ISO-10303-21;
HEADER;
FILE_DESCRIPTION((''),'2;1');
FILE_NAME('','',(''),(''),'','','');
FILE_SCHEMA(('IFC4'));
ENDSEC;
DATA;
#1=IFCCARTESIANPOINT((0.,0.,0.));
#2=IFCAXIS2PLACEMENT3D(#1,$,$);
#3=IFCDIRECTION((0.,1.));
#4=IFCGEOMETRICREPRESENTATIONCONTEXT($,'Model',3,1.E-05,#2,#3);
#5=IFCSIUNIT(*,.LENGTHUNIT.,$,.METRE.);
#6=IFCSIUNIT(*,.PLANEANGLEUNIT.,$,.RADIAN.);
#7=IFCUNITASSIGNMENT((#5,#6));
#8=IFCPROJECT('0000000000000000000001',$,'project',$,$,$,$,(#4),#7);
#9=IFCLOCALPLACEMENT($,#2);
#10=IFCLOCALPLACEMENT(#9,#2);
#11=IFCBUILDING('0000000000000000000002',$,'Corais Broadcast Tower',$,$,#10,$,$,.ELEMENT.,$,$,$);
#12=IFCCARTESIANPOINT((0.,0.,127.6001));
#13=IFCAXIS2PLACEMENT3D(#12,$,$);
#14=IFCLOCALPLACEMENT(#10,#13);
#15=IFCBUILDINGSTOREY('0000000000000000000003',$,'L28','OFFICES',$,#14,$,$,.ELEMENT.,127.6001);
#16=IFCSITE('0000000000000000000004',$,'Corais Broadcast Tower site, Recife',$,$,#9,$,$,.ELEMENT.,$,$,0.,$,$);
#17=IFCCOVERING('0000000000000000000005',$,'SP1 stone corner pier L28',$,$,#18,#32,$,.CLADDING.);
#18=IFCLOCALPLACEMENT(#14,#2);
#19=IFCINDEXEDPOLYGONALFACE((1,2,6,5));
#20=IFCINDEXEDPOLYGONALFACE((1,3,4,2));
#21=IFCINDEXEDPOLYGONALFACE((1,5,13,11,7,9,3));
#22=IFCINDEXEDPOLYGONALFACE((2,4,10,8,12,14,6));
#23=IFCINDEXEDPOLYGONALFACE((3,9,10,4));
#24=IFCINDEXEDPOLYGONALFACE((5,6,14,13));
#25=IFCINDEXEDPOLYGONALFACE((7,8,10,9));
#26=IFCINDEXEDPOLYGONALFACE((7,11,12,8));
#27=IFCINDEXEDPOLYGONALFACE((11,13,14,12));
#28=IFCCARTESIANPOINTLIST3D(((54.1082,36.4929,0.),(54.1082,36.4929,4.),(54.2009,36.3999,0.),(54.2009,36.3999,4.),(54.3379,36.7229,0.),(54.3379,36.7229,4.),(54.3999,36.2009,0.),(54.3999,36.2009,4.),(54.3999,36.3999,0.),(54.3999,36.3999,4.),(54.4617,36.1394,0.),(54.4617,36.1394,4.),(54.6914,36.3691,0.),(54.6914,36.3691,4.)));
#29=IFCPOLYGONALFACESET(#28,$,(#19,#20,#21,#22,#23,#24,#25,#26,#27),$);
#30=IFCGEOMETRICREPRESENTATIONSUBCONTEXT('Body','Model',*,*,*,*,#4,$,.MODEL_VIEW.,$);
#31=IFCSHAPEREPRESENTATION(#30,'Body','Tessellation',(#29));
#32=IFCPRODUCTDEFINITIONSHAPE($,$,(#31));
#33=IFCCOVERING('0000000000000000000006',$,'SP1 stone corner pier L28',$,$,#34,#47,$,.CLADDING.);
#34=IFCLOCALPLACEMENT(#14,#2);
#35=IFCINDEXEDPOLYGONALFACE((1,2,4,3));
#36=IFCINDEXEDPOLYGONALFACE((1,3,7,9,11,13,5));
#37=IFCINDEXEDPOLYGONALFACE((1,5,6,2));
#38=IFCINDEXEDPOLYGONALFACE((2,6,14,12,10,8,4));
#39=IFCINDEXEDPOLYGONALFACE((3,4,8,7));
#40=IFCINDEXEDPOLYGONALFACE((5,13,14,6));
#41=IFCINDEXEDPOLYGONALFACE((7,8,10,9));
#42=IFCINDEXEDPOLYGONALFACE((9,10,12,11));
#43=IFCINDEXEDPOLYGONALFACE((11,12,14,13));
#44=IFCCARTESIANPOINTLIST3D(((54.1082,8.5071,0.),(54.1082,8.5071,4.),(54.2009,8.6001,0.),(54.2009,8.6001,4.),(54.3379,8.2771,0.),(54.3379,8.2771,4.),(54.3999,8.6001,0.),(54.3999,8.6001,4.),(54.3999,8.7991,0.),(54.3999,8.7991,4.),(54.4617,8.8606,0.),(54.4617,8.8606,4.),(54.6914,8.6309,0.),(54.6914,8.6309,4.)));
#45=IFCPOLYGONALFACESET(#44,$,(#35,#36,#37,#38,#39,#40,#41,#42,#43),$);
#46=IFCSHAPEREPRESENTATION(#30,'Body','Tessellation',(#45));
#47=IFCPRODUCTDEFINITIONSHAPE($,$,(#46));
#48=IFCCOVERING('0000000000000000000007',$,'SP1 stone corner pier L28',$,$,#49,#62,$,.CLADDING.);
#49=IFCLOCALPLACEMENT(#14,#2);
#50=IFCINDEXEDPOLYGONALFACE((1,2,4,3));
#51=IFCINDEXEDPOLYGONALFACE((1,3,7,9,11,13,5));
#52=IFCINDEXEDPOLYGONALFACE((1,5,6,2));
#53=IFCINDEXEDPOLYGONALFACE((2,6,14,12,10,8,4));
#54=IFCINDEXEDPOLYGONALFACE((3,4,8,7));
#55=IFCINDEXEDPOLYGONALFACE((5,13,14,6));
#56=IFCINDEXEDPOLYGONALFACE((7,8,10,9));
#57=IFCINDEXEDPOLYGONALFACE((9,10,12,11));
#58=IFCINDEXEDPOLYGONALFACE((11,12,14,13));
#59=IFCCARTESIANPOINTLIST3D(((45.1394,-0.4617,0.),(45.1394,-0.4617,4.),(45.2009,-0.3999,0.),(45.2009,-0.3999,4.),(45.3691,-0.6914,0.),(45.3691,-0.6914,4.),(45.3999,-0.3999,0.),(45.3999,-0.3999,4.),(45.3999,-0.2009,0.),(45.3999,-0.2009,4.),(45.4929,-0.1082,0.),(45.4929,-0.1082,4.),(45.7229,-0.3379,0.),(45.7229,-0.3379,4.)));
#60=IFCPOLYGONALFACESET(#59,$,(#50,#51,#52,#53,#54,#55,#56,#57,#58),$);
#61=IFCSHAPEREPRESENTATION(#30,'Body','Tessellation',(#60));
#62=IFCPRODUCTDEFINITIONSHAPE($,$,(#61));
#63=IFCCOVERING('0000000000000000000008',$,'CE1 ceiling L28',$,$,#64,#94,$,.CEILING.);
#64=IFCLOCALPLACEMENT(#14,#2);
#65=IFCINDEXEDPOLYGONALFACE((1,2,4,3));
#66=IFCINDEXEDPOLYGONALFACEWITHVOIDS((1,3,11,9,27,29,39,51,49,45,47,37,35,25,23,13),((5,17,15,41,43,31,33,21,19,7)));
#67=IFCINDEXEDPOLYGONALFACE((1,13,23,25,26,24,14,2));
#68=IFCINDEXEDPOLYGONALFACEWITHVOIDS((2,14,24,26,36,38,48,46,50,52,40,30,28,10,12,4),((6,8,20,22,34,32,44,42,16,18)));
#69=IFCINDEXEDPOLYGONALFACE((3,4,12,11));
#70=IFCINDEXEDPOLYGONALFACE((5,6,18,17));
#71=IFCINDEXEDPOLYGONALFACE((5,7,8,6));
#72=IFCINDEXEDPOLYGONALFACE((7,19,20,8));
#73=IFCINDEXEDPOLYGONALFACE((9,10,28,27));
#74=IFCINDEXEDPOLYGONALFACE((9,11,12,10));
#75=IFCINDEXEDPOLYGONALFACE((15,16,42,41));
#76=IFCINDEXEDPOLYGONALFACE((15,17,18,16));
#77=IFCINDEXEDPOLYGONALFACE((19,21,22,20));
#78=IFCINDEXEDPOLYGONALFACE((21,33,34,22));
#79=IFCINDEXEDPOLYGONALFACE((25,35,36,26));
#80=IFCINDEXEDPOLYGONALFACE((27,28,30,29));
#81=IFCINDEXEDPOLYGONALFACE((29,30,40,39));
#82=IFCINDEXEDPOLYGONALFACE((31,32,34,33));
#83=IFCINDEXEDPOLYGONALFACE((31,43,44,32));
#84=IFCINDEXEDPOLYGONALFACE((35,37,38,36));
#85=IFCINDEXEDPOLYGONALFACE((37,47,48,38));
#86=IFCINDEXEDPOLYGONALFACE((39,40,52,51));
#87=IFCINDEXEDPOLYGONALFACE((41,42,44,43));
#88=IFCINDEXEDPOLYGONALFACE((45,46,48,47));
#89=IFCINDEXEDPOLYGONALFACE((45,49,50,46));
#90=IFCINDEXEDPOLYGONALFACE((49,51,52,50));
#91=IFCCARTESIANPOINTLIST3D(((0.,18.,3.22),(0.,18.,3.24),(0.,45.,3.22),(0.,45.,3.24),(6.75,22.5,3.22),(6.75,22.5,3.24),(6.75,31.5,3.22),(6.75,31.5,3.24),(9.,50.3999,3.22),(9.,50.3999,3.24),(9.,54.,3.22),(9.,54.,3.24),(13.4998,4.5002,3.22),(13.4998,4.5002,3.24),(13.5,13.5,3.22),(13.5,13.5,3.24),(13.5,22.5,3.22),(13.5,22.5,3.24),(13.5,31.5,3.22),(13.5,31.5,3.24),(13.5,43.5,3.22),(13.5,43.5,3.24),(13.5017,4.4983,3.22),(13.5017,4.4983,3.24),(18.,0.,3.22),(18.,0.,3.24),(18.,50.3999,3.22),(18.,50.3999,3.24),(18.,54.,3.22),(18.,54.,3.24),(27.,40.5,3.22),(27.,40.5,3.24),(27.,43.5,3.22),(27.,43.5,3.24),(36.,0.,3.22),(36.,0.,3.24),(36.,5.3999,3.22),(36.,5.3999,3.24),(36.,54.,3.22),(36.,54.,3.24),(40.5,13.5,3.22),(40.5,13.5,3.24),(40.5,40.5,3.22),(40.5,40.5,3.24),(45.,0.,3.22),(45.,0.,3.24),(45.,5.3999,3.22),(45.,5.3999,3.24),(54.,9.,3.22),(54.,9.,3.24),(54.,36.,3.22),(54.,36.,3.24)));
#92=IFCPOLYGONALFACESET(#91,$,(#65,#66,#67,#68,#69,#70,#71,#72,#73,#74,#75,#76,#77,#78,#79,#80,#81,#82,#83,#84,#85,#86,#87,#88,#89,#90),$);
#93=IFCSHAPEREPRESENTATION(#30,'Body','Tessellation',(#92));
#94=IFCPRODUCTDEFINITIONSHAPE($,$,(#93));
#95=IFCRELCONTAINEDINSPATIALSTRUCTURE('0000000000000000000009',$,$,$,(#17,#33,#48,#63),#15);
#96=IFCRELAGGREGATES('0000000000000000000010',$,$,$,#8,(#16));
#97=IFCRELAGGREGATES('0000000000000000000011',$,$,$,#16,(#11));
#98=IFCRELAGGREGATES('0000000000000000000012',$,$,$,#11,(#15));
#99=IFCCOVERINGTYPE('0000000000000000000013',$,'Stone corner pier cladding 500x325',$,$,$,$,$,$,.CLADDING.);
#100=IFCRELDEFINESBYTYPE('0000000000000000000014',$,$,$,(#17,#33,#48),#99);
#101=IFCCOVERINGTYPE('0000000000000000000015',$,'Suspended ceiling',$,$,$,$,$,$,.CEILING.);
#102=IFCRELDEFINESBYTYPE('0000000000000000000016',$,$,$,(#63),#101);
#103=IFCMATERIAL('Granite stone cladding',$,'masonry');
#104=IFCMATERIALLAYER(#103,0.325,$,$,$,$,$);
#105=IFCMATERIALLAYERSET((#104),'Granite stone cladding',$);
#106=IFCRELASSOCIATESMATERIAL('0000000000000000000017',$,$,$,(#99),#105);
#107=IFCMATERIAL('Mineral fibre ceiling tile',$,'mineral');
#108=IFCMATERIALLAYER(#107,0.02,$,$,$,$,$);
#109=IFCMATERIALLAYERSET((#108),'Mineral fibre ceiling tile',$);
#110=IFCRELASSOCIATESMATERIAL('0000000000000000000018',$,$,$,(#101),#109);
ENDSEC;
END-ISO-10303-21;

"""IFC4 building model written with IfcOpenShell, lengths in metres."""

from ifc_helpers import new_model, si_unit, direction, frame, origin, place, context, subcontext, project, spatial, polyline, outline, extrude, material, layer, layer_set, type_object, element, save


model = new_model("IFC4")

# Units and contexts
model_context = context("Model", 3, precision=1e-05, world=origin(), true_north=direction((0.0, 1.0)))
body_context = subcontext(model_context, "Body", "Model", "MODEL_VIEW")
ifc_project = project(units=[si_unit("LENGTHUNIT", "METRE"), si_unit("PLANEANGLEUNIT", "RADIAN")], contexts=[model_context])

# Site, building, storey
site_placement = place(None, origin())
site = spatial("IfcSite", under=ifc_project, at=site_placement, Name="Corais Broadcast Tower site, Recife", CompositionType="ELEMENT", RefElevation=0.0)
building_placement = place(site_placement, origin())
building = spatial("IfcBuilding", under=site, at=building_placement, Name="Corais Broadcast Tower", CompositionType="ELEMENT")
storey_placement = place(building_placement, frame((0.0, 0.0, 127.6001)))
storey = spatial("IfcBuildingStorey", under=building, at=storey_placement, Name="L28", Description="OFFICES", CompositionType="ELEMENT", Elevation=127.6001)

# Coverings
ifc_material_1 = material(Name="Granite stone cladding", Category="masonry")
ifc_layer_1 = layer(ifc_material_1, 0.325)
ifc_layer_set_1 = layer_set([ifc_layer_1], Name="Granite stone cladding")
covering_type_1 = type_object("IfcCoveringType", Name="Stone corner pier cladding 500x325", PredefinedType="CLADDING", material=ifc_layer_set_1)
covering_1_placement = place(storey_placement, origin())
element("IfcCovering", 1, at=covering_1_placement, inside=storey, type_object=covering_type_1, Name="SP1 stone corner pier L28", PredefinedType="CLADDING", context=body_context, shape_type="SweptSolid", body=[
    extrude(outline(polyline([(54.3999, 36.2009), (54.4617, 36.1394), (54.6914, 36.3691), (54.3379, 36.7229), (54.1082, 36.4929), (54.2009, 36.3999), (54.3999, 36.3999), (54.3999, 36.2009)])), origin(), (0.0, 0.0, 1.0), 4.0),
])
covering_2_placement = place(storey_placement, origin())
element("IfcCovering", 2, at=covering_2_placement, inside=storey, type_object=covering_type_1, Name="SP1 stone corner pier L28", PredefinedType="CLADDING", context=body_context, shape_type="SweptSolid", body=[
    extrude(outline(polyline([(54.4617, 8.8606), (54.3999, 8.7991), (54.3999, 8.6001), (54.2009, 8.6001), (54.1082, 8.5071), (54.3379, 8.2771), (54.6914, 8.6309), (54.4617, 8.8606)])), origin(), (0.0, 0.0, 1.0), 4.0),
])
covering_3_placement = place(storey_placement, origin())
element("IfcCovering", 3, at=covering_3_placement, inside=storey, type_object=covering_type_1, Name="SP1 stone corner pier L28", PredefinedType="CLADDING", context=body_context, shape_type="SweptSolid", body=[
    extrude(outline(polyline([(45.2009, -0.3999), (45.1394, -0.4617), (45.3691, -0.6914), (45.7229, -0.3379), (45.4929, -0.1082), (45.3999, -0.2009), (45.3999, -0.3999), (45.2009, -0.3999)])), origin(), (0.0, 0.0, 1.0), 4.0),
])
ifc_material_2 = material(Name="Mineral fibre ceiling tile", Category="mineral")
ifc_layer_2 = layer(ifc_material_2, 0.02)
ifc_layer_set_2 = layer_set([ifc_layer_2], Name="Mineral fibre ceiling tile")
covering_type_2 = type_object("IfcCoveringType", Name="Suspended ceiling", PredefinedType="CEILING", material=ifc_layer_set_2)
covering_4_placement = place(storey_placement, frame((0.0, 0.0, 3.22)))
element("IfcCovering", 4, at=covering_4_placement, inside=storey, type_object=covering_type_2, Name="CE1 ceiling L28", PredefinedType="CEILING", context=body_context, shape_type="SweptSolid", body=[
    extrude(outline(polyline([(18.0, 0.0), (13.5017, 4.4983), (13.4998, 4.5002), (0.0, 18.0), (0.0, 45.0), (9.0, 54.0), (9.0, 50.3999), (18.0, 50.3999), (18.0, 54.0), (36.0, 54.0), (54.0, 36.0), (54.0, 9.0), (45.0, 0.0), (45.0, 5.3999), (36.0, 5.3999), (36.0, 0.0), (18.0, 0.0)]), holes=[polyline([(6.75, 22.5), (13.5, 22.5), (13.5, 13.5), (40.5, 13.5), (40.5, 40.5), (27.0, 40.5), (27.0, 43.5), (13.5, 43.5), (13.5, 31.5), (6.75, 31.5), (6.75, 22.5)])]), origin(), (0.0, 0.0, 1.0), 0.02),
])

save(model, "model.ifc")
